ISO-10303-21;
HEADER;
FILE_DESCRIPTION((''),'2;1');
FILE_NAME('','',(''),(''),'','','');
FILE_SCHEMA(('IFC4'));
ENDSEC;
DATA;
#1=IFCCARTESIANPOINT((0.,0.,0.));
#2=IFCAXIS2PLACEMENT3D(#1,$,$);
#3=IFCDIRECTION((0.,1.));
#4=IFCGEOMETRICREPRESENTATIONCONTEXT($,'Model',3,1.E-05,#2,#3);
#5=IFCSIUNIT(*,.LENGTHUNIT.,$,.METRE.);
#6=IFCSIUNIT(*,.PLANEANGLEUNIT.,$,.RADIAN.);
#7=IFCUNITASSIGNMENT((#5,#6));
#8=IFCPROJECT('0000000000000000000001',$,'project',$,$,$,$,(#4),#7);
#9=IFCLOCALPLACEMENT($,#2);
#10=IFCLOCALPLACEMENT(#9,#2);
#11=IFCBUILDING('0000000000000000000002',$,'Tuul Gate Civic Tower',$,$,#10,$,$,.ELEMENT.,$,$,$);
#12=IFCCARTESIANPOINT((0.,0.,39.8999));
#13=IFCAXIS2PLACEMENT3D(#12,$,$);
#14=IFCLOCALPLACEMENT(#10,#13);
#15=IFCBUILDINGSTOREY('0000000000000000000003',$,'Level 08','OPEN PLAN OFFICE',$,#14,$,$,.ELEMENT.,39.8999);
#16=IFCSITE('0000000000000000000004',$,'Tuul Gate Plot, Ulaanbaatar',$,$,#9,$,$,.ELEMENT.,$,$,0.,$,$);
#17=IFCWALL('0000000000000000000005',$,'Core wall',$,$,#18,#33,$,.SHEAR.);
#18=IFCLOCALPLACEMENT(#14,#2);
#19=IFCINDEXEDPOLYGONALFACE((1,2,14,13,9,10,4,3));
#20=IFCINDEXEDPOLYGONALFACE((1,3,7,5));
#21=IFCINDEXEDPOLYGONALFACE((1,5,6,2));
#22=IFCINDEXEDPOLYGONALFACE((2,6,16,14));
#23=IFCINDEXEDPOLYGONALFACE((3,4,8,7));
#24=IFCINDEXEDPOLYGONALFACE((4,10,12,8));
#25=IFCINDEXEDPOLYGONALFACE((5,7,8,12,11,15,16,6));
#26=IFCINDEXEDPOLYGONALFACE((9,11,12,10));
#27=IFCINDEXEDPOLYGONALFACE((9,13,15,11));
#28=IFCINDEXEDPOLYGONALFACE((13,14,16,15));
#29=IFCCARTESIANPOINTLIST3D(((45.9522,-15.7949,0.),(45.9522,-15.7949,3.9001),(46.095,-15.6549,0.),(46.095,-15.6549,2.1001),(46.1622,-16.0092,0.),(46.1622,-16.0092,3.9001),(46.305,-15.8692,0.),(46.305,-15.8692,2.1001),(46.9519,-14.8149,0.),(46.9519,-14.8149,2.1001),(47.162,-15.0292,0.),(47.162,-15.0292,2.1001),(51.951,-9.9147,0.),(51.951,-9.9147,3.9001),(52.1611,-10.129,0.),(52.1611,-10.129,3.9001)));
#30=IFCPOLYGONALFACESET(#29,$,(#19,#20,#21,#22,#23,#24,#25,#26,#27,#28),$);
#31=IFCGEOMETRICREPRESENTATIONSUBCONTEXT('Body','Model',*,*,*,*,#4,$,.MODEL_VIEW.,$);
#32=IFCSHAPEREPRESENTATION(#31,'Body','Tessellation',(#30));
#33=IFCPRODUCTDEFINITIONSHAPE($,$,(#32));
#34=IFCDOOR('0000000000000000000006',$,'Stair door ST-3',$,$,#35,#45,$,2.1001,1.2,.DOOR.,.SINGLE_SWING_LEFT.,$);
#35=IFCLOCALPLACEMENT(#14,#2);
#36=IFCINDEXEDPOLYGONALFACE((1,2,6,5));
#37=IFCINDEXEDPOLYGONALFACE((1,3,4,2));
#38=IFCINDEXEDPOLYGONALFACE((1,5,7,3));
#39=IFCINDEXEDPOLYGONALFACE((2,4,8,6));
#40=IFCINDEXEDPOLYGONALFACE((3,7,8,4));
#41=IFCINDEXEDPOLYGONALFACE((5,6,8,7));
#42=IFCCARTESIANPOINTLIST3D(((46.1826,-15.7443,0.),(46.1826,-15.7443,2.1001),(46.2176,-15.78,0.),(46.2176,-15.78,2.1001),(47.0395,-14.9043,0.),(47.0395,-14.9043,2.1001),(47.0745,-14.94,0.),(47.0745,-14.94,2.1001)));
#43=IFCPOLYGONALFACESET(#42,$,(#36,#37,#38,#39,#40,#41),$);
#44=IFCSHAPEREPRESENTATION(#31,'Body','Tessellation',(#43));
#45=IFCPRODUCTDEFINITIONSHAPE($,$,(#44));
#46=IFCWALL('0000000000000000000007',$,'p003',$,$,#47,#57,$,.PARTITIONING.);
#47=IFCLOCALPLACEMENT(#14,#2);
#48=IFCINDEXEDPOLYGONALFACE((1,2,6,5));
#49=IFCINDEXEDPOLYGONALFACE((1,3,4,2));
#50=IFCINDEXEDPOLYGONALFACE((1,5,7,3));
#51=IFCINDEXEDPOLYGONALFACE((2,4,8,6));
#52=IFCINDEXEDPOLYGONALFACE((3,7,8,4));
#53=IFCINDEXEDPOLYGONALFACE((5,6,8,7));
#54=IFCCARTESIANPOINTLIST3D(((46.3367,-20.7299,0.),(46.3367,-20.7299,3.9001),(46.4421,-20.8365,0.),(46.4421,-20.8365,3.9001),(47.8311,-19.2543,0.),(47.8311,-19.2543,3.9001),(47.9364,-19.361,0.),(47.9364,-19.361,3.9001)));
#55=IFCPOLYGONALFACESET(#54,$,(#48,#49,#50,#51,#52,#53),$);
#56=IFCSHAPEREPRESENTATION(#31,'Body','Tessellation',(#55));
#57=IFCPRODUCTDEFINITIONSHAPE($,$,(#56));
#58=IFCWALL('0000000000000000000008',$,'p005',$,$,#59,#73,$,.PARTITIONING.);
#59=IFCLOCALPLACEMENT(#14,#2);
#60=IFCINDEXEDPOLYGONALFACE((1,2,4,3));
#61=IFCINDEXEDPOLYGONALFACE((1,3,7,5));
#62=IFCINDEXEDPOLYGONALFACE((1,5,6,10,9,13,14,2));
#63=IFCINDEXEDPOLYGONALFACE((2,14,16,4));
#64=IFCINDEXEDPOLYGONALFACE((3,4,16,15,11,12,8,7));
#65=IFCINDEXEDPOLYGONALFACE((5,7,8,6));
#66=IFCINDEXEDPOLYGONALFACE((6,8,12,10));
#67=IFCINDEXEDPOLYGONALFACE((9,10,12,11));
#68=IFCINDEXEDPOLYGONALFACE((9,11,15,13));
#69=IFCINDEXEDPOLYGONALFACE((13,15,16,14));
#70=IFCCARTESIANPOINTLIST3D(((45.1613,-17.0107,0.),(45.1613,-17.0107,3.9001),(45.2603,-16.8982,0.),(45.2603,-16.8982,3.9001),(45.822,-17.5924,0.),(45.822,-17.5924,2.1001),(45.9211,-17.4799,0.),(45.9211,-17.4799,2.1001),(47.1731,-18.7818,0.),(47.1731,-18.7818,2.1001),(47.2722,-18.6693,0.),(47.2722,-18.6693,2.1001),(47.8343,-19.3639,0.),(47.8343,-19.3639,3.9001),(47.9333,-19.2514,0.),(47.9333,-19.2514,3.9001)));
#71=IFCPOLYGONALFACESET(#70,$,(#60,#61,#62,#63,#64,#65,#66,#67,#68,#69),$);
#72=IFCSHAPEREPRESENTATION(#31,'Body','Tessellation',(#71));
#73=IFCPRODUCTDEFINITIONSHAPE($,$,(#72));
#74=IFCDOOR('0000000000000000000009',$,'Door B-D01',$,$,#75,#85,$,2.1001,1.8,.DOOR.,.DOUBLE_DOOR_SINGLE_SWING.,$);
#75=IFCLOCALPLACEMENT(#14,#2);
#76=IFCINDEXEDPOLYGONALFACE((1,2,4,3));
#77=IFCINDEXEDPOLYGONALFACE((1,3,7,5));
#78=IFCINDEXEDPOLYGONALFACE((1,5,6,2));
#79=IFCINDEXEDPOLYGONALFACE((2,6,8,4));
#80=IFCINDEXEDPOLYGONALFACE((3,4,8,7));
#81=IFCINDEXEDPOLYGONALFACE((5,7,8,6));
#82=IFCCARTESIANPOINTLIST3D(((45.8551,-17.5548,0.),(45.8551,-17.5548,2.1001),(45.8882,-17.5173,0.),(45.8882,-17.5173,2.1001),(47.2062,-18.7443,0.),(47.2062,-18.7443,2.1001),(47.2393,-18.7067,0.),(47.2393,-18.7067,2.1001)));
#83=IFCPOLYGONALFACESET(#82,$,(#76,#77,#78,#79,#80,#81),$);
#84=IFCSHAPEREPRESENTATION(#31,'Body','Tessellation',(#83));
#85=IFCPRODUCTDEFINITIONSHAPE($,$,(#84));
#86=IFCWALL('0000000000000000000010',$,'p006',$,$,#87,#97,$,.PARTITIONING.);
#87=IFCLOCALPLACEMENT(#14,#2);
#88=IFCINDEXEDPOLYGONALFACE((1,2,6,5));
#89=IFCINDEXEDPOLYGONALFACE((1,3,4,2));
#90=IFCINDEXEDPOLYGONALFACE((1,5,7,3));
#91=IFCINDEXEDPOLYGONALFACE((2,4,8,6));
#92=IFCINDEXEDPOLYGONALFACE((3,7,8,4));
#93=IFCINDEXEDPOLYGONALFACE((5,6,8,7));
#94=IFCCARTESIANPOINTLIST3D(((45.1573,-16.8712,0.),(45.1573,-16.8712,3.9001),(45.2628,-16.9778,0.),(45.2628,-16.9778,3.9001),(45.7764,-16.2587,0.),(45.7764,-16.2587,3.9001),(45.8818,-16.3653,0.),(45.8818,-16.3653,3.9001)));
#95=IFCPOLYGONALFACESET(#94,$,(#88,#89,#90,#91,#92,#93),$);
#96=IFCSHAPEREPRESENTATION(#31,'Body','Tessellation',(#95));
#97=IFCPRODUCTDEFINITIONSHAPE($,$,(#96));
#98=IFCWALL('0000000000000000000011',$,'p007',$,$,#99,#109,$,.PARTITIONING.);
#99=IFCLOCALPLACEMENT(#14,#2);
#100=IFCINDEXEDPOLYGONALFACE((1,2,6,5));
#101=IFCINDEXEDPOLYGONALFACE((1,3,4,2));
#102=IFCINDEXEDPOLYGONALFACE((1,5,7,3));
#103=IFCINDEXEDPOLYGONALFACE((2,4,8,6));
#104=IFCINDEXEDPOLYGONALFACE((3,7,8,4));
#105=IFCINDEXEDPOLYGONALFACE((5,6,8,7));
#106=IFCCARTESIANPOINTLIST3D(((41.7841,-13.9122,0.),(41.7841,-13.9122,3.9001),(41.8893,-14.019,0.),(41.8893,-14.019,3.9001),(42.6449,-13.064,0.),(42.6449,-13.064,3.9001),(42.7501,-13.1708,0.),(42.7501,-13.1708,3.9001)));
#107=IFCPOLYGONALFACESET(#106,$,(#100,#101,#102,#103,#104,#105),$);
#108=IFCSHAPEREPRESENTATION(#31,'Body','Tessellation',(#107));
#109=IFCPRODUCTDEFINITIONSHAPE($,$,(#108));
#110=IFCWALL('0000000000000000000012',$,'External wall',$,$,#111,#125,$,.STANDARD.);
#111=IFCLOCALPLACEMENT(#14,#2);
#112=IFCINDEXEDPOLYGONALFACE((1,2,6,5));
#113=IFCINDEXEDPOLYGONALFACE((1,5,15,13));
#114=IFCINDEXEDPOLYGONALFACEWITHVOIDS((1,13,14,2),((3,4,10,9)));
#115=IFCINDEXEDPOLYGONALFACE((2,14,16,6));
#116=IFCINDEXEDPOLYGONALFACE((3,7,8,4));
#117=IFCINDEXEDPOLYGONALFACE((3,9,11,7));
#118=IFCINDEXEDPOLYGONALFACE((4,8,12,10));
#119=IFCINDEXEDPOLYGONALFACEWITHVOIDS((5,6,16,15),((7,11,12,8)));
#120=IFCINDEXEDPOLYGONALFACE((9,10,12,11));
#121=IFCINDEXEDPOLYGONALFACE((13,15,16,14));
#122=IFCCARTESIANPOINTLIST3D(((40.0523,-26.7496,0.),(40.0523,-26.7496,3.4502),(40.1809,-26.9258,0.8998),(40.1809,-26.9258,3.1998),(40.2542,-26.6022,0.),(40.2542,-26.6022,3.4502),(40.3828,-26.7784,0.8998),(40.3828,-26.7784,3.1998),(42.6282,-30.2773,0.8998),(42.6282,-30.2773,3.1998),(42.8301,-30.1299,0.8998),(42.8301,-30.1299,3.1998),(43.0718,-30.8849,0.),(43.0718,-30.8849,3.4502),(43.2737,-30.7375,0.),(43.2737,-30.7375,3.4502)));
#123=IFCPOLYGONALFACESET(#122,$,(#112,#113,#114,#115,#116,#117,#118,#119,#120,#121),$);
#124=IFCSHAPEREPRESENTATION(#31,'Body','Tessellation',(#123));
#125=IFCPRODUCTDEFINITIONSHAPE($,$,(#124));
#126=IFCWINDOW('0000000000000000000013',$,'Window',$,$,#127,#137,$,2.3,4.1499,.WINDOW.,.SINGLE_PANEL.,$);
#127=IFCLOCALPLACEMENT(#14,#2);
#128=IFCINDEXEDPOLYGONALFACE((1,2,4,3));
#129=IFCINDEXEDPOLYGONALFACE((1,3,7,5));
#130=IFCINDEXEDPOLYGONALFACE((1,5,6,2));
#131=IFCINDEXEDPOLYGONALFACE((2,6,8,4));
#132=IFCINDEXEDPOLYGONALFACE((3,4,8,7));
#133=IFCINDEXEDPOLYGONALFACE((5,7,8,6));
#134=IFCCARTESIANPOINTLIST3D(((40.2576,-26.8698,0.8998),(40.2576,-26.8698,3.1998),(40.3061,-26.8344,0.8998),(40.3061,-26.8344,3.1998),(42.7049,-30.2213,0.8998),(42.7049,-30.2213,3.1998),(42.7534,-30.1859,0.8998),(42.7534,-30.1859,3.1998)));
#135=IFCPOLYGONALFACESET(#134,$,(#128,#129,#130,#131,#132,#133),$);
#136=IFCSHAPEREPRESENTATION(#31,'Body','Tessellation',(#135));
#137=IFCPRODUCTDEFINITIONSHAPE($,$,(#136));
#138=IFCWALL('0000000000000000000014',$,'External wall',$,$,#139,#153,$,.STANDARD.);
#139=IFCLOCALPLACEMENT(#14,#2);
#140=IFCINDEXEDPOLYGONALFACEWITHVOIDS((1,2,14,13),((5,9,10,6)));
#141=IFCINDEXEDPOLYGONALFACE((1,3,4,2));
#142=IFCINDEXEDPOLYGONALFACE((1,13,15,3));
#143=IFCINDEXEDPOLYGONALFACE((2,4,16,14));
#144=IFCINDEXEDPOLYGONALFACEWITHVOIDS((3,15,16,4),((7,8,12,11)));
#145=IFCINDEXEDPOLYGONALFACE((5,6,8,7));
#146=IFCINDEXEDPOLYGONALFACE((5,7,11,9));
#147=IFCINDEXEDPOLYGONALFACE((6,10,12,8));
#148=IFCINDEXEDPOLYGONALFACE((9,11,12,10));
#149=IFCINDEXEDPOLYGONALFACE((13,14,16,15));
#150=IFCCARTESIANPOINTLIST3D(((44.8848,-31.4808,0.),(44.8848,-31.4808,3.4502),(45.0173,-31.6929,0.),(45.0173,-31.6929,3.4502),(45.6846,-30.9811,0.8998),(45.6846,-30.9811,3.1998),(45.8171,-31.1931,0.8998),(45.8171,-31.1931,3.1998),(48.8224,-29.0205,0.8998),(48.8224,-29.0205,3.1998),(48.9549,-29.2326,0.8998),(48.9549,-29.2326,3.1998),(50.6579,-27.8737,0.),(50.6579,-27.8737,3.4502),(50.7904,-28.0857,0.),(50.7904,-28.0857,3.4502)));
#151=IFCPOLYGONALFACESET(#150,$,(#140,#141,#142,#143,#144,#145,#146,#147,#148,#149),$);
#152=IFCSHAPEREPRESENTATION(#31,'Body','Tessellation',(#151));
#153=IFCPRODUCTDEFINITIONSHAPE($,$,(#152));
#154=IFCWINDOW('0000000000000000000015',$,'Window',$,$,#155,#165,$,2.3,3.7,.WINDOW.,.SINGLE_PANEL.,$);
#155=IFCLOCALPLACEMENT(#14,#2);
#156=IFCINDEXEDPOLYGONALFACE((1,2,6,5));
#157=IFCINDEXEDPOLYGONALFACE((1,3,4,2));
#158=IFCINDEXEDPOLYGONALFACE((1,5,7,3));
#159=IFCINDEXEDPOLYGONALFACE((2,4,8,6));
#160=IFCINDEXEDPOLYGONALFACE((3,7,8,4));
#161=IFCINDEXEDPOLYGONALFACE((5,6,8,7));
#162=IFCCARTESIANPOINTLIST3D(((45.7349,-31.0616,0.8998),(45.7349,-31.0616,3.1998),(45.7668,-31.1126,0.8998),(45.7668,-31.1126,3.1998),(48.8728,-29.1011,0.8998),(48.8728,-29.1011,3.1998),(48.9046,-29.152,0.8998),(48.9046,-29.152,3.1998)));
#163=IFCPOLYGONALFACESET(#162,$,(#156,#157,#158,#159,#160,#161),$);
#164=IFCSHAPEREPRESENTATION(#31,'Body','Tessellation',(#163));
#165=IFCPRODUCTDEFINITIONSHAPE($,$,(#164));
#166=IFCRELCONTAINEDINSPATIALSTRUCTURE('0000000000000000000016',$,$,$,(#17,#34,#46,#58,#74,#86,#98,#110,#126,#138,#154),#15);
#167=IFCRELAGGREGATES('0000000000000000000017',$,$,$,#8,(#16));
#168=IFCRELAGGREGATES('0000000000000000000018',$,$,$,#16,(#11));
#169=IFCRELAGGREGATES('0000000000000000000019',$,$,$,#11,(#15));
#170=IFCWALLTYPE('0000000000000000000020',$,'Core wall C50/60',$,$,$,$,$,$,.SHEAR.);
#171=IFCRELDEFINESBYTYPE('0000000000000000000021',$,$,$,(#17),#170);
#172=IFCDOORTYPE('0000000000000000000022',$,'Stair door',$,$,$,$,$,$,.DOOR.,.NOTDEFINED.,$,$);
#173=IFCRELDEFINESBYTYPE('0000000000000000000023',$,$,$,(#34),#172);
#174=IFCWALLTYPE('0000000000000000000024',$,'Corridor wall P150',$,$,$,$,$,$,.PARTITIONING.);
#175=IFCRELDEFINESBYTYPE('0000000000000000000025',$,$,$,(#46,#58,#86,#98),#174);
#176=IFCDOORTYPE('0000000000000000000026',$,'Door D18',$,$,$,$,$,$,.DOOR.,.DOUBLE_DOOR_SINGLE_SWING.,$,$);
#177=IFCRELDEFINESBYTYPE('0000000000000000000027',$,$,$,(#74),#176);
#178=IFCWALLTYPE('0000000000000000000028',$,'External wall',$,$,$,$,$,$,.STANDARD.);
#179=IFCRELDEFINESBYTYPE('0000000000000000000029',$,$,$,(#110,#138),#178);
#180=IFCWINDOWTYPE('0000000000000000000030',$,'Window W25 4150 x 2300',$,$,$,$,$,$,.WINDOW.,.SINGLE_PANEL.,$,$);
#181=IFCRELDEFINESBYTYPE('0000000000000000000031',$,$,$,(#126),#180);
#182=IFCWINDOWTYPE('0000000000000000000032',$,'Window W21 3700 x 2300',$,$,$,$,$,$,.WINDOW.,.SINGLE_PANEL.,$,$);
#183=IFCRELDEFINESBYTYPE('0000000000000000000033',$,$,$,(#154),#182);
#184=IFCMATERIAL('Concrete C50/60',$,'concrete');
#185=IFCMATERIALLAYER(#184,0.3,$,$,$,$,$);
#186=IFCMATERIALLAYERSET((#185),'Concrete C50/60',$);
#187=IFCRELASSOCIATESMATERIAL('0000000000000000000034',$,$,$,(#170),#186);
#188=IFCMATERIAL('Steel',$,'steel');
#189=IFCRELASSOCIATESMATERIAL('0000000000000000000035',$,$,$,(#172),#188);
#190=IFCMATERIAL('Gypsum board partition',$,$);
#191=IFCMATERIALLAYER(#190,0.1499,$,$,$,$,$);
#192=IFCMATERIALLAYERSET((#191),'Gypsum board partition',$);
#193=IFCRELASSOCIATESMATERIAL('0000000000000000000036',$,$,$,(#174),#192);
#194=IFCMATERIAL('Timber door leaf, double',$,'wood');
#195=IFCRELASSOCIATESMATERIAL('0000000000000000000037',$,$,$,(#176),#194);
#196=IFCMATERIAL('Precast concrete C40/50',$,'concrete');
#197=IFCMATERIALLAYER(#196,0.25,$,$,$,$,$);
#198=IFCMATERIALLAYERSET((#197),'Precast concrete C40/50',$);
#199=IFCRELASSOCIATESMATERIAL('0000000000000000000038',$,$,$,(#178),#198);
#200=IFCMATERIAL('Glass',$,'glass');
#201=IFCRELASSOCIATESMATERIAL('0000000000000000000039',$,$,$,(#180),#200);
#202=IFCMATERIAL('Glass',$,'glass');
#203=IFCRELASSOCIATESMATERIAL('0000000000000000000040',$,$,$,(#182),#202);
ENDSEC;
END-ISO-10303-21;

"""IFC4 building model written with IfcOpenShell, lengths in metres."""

from ifc_helpers import new_model, si_unit, direction, frame, frame_2d, origin, place, context, subcontext, project, spatial, rectangle, extrude, material, layer, layer_set, type_object, element, fill, save


model = new_model("IFC4")

# Units and contexts
model_context = context("Model", 3, precision=1e-05, world=origin(), true_north=direction((0.0, 1.0)))
body_context = subcontext(model_context, "Body", "Model", "MODEL_VIEW")
ifc_project = project(units=[si_unit("LENGTHUNIT", "METRE"), si_unit("PLANEANGLEUNIT", "RADIAN")], contexts=[model_context])

# Site, building, storey
site_placement = place(None, origin())
site = spatial("IfcSite", under=ifc_project, at=site_placement, Name="Tuul Gate Plot, Ulaanbaatar", CompositionType="ELEMENT", RefElevation=0.0)
building_placement = place(site_placement, origin())
building = spatial("IfcBuilding", under=site, at=building_placement, Name="Tuul Gate Civic Tower", CompositionType="ELEMENT")
storey_placement = place(building_placement, frame((0.0, 0.0, 39.8999)))
storey = spatial("IfcBuildingStorey", under=building, at=storey_placement, Name="Level 08", Description="OPEN PLAN OFFICE", CompositionType="ELEMENT", Elevation=39.8999)

# Shared definitions
ifc_material_1 = material(Name="Concrete C50/60", Category="concrete")
ifc_layer_1 = layer(ifc_material_1, 0.3)
ifc_layer_set_1 = layer_set([ifc_layer_1], Name="Concrete C50/60")
wall_type_1 = type_object("IfcWallType", Name="Core wall C50/60", PredefinedType="SHEAR", material=ifc_layer_set_1)

# Wall, opening, door
wall_1_placement = place(storey_placement, frame((46.0571, -15.9021, 0.0), z_axis=(0.0, 0.0, 1.0), x_axis=(0.714134, 0.700009, 0.0)))
wall_1 = element("IfcWall", 1, at=wall_1_placement, inside=storey, type_object=wall_type_1, Name="Core wall", PredefinedType="SHEAR", context=body_context, shape_type="SweptSolid", body=[
    extrude(rectangle(XDim=8.4001, YDim=0.3, at=frame_2d((4.2002, 0.0))), origin(), (0.0, 0.0, 1.0), 3.9001),
])
opening_1_placement = place(wall_1_placement, frame((0.2, 0.0, 0.0)))
opening_1 = element("IfcOpeningElement", 2, at=opening_1_placement, cuts=wall_1, PredefinedType="OPENING", context=body_context, shape_type="SweptSolid", body=[
    extrude(rectangle(XDim=1.2, YDim=2.1001, at=frame_2d((0.6001, 1.05))), frame((0.0, 0.1602, 0.0), z_axis=(0.0, -1.0, 0.0), x_axis=(1.0, 0.0, 0.0)), (0.0, 0.0, 1.0), 0.3201),
])
ifc_material_2 = material(Name="Steel", Category="steel")
door_type_1 = type_object("IfcDoorType", Name="Stair door", OperationType="NOTDEFINED", PredefinedType="DOOR", material=ifc_material_2)
door_1_placement = place(opening_1_placement, origin())
door_1 = element("IfcDoor", 3, at=door_1_placement, inside=storey, type_object=door_type_1, Name="Stair door ST-3", OperationType="SINGLE_SWING_LEFT", OverallHeight=2.1001, OverallWidth=1.2, PredefinedType="DOOR", context=body_context, shape_type="SweptSolid", body=[
    extrude(rectangle(XDim=1.2, YDim=2.1001, at=frame_2d((0.6001, 1.05))), frame((0.0, 0.0249, 0.0), z_axis=(0.0, -1.0, 0.0), x_axis=(1.0, 0.0, 0.0)), (0.0, 0.0, 1.0), 0.05),
])
fill(opening_1, door_1)

# Wall
ifc_material_3 = material(Name="Gypsum board partition")
ifc_layer_2 = layer(ifc_material_3, 0.1499)
ifc_layer_set_2 = layer_set([ifc_layer_2], Name="Gypsum board partition")
wall_type_2 = type_object("IfcWallType", Name="Corridor wall P150", PredefinedType="PARTITIONING", material=ifc_layer_set_2)
wall_2_placement = place(storey_placement, frame((46.3894, -20.7832, 0.0), z_axis=(0.0, 0.0, 1.0), x_axis=(0.711568, 0.702617, 0.0)))
element("IfcWall", 4, at=wall_2_placement, inside=storey, type_object=wall_type_2, Name="p003", PredefinedType="PARTITIONING", context=body_context, shape_type="SweptSolid", body=[
    extrude(rectangle(XDim=2.1001, YDim=0.1499, at=frame_2d((1.05, 0.0))), origin(), (0.0, 0.0, 1.0), 3.9001),
])

# Wall, opening, door
wall_3_placement = place(storey_placement, frame((45.2107, -16.9543, 0.0), z_axis=(0.0, 0.0, 1.0), x_axis=(0.750582, -0.660778, 0.0)))
wall_3 = element("IfcWall", 5, at=wall_3_placement, inside=storey, type_object=wall_type_2, Name="p005", PredefinedType="PARTITIONING", context=body_context, shape_type="SweptSolid", body=[
    extrude(rectangle(XDim=3.5613, YDim=0.1499, at=frame_2d((1.7808, 0.0))), origin(), (0.0, 0.0, 1.0), 3.9001),
])
opening_2_placement = place(wall_3_placement, frame((0.8806, 0.0, 0.0)))
opening_2 = element("IfcOpeningElement", 6, at=opening_2_placement, cuts=wall_3, PredefinedType="OPENING", context=body_context, shape_type="SweptSolid", body=[
    extrude(rectangle(XDim=1.8, YDim=2.1001, at=frame_2d((0.8999, 1.05))), frame((0.0, 0.085, 0.0), z_axis=(0.0, -1.0, 0.0), x_axis=(1.0, 0.0, 0.0)), (0.0, 0.0, 1.0), 0.1699),
])
ifc_material_4 = material(Name="Timber door leaf, double", Category="wood")
door_type_2 = type_object("IfcDoorType", Name="Door D18", OperationType="DOUBLE_DOOR_SINGLE_SWING", PredefinedType="DOOR", material=ifc_material_4)
door_2_placement = place(opening_2_placement, frame((1.8, 0.0, 0.0), z_axis=(0.0, 0.0, 1.0), x_axis=(-1.0, 0.0, 0.0)))
door_2 = element("IfcDoor", 7, at=door_2_placement, inside=storey, type_object=door_type_2, Name="Door B-D01", OperationType="DOUBLE_DOOR_SINGLE_SWING", OverallHeight=2.1001, OverallWidth=1.8, PredefinedType="DOOR", context=body_context, shape_type="SweptSolid", body=[
    extrude(rectangle(XDim=1.8, YDim=2.1001, at=frame_2d((0.9001, 1.05))), frame((0.0, 0.0249, 0.0), z_axis=(0.0, -1.0, 0.0), x_axis=(1.0, 0.0, 0.0)), (0.0, 0.0, 1.0), 0.05),
])
fill(opening_2, door_2)

# Walls
wall_4_placement = place(storey_placement, frame((45.21, -16.9246, 0.0), z_axis=(0.0, 0.0, 1.0), x_axis=(0.710881, 0.703312, 0.0)))
element("IfcWall", 8, at=wall_4_placement, inside=storey, type_object=wall_type_2, Name="p006", PredefinedType="PARTITIONING", context=body_context, shape_type="SweptSolid", body=[
    extrude(rectangle(XDim=0.8708, YDim=0.1499, at=frame_2d((0.4355, 0.0))), origin(), (0.0, 0.0, 1.0), 3.9001),
])
wall_5_placement = place(storey_placement, frame((41.8367, -13.9656, 0.0), z_axis=(0.0, 0.0, 1.0), x_axis=(0.71234, 0.701835, 0.0)))
element("IfcWall", 9, at=wall_5_placement, inside=storey, type_object=wall_type_2, Name="p007", PredefinedType="PARTITIONING", context=body_context, shape_type="SweptSolid", body=[
    extrude(rectangle(XDim=1.2085, YDim=0.1499, at=frame_2d((0.6042, 0.0))), origin(), (0.0, 0.0, 1.0), 3.9001),
])

# Walls, openings, windows
ifc_material_5 = material(Name="Precast concrete C40/50", Category="concrete")
ifc_layer_3 = layer(ifc_material_5, 0.25)
ifc_layer_set_3 = layer_set([ifc_layer_3], Name="Precast concrete C40/50")
wall_type_3 = type_object("IfcWallType", Name="External wall", PredefinedType="STANDARD", material=ifc_layer_set_3)
wall_6_placement = place(storey_placement, frame((40.1533, -26.676, 0.0), z_axis=(0.0, 0.0, 1.0), x_axis=(0.589713, -0.807613, 0.0)))
wall_6 = element("IfcWall", 10, at=wall_6_placement, inside=storey, type_object=wall_type_3, Name="External wall", PredefinedType="STANDARD", context=body_context, shape_type="SweptSolid", body=[
    extrude(rectangle(XDim=5.1204, YDim=0.25, at=frame_2d((2.5601, 0.0))), origin(), (0.0, 0.0, 1.0), 3.4502),
])
opening_3_placement = place(wall_6_placement, frame((0.218, 0.0, 0.8999)))
opening_3 = element("IfcOpeningElement", 11, at=opening_3_placement, cuts=wall_6, PredefinedType="OPENING", context=body_context, shape_type="SweptSolid", body=[
    extrude(rectangle(XDim=4.1499, YDim=2.3, at=frame_2d((2.075, 1.1499))), frame((0.0, 0.135, 0.0), z_axis=(0.0, -1.0, 0.0), x_axis=(1.0, 0.0, 0.0)), (0.0, 0.0, 1.0), 0.27),
])
ifc_material_6 = material(Name="Glass", Category="glass")
window_type_1 = type_object("IfcWindowType", Name="Window W25 4150 x 2300", PartitioningType="SINGLE_PANEL", PredefinedType="WINDOW", material=ifc_material_6)
window_1_placement = place(opening_3_placement, origin())
window_1 = element("IfcWindow", 12, at=window_1_placement, inside=storey, type_object=window_type_1, Name="Window", OverallHeight=2.3, OverallWidth=4.1499, PartitioningType="SINGLE_PANEL", PredefinedType="WINDOW", context=body_context, shape_type="SweptSolid", body=[
    extrude(rectangle(XDim=4.1499, YDim=2.3, at=frame_2d((2.075, 1.1499))), frame((0.0, 0.03, 0.0), z_axis=(0.0, -1.0, 0.0), x_axis=(1.0, 0.0, 0.0)), (0.0, 0.0, 1.0), 0.0601),
])
fill(opening_3, window_1)
wall_7_placement = place(storey_placement, frame((44.9509, -31.5869, 0.0), z_axis=(0.0, 0.0, 1.0), x_axis=(0.848069, 0.529886, 0.0)))
wall_7 = element("IfcWall", 13, at=wall_7_placement, inside=storey, type_object=wall_type_3, Name="External wall", PredefinedType="STANDARD", context=body_context, shape_type="SweptSolid", body=[
    extrude(rectangle(XDim=6.8074, YDim=0.25, at=frame_2d((3.4038, 0.0))), origin(), (0.0, 0.0, 1.0), 3.4502),
])
opening_4_placement = place(wall_7_placement, frame((0.9431, 0.0, 0.8999)))
opening_4 = element("IfcOpeningElement", 14, at=opening_4_placement, cuts=wall_7, PredefinedType="OPENING", context=body_context, shape_type="SweptSolid", body=[
    extrude(rectangle(XDim=3.7, YDim=2.3, at=frame_2d((1.8501, 1.1499))), frame((0.0, 0.135, 0.0), z_axis=(0.0, -1.0, 0.0), x_axis=(1.0, 0.0, 0.0)), (0.0, 0.0, 1.0), 0.27),
])
ifc_material_7 = material(Name="Glass", Category="glass")
window_type_2 = type_object("IfcWindowType", Name="Window W21 3700 x 2300", PartitioningType="SINGLE_PANEL", PredefinedType="WINDOW", material=ifc_material_7)
window_2_placement = place(opening_4_placement, origin())
window_2 = element("IfcWindow", 15, at=window_2_placement, inside=storey, type_object=window_type_2, Name="Window", OverallHeight=2.3, OverallWidth=3.7, PartitioningType="SINGLE_PANEL", PredefinedType="WINDOW", context=body_context, shape_type="SweptSolid", body=[
    extrude(rectangle(XDim=3.7, YDim=2.3, at=frame_2d((1.8501, 1.1499))), frame((0.0, 0.03, 0.0), z_axis=(0.0, -1.0, 0.0), x_axis=(1.0, 0.0, 0.0)), (0.0, 0.0, 1.0), 0.0601),
])
fill(opening_4, window_2)

save(model, "model.ifc")
